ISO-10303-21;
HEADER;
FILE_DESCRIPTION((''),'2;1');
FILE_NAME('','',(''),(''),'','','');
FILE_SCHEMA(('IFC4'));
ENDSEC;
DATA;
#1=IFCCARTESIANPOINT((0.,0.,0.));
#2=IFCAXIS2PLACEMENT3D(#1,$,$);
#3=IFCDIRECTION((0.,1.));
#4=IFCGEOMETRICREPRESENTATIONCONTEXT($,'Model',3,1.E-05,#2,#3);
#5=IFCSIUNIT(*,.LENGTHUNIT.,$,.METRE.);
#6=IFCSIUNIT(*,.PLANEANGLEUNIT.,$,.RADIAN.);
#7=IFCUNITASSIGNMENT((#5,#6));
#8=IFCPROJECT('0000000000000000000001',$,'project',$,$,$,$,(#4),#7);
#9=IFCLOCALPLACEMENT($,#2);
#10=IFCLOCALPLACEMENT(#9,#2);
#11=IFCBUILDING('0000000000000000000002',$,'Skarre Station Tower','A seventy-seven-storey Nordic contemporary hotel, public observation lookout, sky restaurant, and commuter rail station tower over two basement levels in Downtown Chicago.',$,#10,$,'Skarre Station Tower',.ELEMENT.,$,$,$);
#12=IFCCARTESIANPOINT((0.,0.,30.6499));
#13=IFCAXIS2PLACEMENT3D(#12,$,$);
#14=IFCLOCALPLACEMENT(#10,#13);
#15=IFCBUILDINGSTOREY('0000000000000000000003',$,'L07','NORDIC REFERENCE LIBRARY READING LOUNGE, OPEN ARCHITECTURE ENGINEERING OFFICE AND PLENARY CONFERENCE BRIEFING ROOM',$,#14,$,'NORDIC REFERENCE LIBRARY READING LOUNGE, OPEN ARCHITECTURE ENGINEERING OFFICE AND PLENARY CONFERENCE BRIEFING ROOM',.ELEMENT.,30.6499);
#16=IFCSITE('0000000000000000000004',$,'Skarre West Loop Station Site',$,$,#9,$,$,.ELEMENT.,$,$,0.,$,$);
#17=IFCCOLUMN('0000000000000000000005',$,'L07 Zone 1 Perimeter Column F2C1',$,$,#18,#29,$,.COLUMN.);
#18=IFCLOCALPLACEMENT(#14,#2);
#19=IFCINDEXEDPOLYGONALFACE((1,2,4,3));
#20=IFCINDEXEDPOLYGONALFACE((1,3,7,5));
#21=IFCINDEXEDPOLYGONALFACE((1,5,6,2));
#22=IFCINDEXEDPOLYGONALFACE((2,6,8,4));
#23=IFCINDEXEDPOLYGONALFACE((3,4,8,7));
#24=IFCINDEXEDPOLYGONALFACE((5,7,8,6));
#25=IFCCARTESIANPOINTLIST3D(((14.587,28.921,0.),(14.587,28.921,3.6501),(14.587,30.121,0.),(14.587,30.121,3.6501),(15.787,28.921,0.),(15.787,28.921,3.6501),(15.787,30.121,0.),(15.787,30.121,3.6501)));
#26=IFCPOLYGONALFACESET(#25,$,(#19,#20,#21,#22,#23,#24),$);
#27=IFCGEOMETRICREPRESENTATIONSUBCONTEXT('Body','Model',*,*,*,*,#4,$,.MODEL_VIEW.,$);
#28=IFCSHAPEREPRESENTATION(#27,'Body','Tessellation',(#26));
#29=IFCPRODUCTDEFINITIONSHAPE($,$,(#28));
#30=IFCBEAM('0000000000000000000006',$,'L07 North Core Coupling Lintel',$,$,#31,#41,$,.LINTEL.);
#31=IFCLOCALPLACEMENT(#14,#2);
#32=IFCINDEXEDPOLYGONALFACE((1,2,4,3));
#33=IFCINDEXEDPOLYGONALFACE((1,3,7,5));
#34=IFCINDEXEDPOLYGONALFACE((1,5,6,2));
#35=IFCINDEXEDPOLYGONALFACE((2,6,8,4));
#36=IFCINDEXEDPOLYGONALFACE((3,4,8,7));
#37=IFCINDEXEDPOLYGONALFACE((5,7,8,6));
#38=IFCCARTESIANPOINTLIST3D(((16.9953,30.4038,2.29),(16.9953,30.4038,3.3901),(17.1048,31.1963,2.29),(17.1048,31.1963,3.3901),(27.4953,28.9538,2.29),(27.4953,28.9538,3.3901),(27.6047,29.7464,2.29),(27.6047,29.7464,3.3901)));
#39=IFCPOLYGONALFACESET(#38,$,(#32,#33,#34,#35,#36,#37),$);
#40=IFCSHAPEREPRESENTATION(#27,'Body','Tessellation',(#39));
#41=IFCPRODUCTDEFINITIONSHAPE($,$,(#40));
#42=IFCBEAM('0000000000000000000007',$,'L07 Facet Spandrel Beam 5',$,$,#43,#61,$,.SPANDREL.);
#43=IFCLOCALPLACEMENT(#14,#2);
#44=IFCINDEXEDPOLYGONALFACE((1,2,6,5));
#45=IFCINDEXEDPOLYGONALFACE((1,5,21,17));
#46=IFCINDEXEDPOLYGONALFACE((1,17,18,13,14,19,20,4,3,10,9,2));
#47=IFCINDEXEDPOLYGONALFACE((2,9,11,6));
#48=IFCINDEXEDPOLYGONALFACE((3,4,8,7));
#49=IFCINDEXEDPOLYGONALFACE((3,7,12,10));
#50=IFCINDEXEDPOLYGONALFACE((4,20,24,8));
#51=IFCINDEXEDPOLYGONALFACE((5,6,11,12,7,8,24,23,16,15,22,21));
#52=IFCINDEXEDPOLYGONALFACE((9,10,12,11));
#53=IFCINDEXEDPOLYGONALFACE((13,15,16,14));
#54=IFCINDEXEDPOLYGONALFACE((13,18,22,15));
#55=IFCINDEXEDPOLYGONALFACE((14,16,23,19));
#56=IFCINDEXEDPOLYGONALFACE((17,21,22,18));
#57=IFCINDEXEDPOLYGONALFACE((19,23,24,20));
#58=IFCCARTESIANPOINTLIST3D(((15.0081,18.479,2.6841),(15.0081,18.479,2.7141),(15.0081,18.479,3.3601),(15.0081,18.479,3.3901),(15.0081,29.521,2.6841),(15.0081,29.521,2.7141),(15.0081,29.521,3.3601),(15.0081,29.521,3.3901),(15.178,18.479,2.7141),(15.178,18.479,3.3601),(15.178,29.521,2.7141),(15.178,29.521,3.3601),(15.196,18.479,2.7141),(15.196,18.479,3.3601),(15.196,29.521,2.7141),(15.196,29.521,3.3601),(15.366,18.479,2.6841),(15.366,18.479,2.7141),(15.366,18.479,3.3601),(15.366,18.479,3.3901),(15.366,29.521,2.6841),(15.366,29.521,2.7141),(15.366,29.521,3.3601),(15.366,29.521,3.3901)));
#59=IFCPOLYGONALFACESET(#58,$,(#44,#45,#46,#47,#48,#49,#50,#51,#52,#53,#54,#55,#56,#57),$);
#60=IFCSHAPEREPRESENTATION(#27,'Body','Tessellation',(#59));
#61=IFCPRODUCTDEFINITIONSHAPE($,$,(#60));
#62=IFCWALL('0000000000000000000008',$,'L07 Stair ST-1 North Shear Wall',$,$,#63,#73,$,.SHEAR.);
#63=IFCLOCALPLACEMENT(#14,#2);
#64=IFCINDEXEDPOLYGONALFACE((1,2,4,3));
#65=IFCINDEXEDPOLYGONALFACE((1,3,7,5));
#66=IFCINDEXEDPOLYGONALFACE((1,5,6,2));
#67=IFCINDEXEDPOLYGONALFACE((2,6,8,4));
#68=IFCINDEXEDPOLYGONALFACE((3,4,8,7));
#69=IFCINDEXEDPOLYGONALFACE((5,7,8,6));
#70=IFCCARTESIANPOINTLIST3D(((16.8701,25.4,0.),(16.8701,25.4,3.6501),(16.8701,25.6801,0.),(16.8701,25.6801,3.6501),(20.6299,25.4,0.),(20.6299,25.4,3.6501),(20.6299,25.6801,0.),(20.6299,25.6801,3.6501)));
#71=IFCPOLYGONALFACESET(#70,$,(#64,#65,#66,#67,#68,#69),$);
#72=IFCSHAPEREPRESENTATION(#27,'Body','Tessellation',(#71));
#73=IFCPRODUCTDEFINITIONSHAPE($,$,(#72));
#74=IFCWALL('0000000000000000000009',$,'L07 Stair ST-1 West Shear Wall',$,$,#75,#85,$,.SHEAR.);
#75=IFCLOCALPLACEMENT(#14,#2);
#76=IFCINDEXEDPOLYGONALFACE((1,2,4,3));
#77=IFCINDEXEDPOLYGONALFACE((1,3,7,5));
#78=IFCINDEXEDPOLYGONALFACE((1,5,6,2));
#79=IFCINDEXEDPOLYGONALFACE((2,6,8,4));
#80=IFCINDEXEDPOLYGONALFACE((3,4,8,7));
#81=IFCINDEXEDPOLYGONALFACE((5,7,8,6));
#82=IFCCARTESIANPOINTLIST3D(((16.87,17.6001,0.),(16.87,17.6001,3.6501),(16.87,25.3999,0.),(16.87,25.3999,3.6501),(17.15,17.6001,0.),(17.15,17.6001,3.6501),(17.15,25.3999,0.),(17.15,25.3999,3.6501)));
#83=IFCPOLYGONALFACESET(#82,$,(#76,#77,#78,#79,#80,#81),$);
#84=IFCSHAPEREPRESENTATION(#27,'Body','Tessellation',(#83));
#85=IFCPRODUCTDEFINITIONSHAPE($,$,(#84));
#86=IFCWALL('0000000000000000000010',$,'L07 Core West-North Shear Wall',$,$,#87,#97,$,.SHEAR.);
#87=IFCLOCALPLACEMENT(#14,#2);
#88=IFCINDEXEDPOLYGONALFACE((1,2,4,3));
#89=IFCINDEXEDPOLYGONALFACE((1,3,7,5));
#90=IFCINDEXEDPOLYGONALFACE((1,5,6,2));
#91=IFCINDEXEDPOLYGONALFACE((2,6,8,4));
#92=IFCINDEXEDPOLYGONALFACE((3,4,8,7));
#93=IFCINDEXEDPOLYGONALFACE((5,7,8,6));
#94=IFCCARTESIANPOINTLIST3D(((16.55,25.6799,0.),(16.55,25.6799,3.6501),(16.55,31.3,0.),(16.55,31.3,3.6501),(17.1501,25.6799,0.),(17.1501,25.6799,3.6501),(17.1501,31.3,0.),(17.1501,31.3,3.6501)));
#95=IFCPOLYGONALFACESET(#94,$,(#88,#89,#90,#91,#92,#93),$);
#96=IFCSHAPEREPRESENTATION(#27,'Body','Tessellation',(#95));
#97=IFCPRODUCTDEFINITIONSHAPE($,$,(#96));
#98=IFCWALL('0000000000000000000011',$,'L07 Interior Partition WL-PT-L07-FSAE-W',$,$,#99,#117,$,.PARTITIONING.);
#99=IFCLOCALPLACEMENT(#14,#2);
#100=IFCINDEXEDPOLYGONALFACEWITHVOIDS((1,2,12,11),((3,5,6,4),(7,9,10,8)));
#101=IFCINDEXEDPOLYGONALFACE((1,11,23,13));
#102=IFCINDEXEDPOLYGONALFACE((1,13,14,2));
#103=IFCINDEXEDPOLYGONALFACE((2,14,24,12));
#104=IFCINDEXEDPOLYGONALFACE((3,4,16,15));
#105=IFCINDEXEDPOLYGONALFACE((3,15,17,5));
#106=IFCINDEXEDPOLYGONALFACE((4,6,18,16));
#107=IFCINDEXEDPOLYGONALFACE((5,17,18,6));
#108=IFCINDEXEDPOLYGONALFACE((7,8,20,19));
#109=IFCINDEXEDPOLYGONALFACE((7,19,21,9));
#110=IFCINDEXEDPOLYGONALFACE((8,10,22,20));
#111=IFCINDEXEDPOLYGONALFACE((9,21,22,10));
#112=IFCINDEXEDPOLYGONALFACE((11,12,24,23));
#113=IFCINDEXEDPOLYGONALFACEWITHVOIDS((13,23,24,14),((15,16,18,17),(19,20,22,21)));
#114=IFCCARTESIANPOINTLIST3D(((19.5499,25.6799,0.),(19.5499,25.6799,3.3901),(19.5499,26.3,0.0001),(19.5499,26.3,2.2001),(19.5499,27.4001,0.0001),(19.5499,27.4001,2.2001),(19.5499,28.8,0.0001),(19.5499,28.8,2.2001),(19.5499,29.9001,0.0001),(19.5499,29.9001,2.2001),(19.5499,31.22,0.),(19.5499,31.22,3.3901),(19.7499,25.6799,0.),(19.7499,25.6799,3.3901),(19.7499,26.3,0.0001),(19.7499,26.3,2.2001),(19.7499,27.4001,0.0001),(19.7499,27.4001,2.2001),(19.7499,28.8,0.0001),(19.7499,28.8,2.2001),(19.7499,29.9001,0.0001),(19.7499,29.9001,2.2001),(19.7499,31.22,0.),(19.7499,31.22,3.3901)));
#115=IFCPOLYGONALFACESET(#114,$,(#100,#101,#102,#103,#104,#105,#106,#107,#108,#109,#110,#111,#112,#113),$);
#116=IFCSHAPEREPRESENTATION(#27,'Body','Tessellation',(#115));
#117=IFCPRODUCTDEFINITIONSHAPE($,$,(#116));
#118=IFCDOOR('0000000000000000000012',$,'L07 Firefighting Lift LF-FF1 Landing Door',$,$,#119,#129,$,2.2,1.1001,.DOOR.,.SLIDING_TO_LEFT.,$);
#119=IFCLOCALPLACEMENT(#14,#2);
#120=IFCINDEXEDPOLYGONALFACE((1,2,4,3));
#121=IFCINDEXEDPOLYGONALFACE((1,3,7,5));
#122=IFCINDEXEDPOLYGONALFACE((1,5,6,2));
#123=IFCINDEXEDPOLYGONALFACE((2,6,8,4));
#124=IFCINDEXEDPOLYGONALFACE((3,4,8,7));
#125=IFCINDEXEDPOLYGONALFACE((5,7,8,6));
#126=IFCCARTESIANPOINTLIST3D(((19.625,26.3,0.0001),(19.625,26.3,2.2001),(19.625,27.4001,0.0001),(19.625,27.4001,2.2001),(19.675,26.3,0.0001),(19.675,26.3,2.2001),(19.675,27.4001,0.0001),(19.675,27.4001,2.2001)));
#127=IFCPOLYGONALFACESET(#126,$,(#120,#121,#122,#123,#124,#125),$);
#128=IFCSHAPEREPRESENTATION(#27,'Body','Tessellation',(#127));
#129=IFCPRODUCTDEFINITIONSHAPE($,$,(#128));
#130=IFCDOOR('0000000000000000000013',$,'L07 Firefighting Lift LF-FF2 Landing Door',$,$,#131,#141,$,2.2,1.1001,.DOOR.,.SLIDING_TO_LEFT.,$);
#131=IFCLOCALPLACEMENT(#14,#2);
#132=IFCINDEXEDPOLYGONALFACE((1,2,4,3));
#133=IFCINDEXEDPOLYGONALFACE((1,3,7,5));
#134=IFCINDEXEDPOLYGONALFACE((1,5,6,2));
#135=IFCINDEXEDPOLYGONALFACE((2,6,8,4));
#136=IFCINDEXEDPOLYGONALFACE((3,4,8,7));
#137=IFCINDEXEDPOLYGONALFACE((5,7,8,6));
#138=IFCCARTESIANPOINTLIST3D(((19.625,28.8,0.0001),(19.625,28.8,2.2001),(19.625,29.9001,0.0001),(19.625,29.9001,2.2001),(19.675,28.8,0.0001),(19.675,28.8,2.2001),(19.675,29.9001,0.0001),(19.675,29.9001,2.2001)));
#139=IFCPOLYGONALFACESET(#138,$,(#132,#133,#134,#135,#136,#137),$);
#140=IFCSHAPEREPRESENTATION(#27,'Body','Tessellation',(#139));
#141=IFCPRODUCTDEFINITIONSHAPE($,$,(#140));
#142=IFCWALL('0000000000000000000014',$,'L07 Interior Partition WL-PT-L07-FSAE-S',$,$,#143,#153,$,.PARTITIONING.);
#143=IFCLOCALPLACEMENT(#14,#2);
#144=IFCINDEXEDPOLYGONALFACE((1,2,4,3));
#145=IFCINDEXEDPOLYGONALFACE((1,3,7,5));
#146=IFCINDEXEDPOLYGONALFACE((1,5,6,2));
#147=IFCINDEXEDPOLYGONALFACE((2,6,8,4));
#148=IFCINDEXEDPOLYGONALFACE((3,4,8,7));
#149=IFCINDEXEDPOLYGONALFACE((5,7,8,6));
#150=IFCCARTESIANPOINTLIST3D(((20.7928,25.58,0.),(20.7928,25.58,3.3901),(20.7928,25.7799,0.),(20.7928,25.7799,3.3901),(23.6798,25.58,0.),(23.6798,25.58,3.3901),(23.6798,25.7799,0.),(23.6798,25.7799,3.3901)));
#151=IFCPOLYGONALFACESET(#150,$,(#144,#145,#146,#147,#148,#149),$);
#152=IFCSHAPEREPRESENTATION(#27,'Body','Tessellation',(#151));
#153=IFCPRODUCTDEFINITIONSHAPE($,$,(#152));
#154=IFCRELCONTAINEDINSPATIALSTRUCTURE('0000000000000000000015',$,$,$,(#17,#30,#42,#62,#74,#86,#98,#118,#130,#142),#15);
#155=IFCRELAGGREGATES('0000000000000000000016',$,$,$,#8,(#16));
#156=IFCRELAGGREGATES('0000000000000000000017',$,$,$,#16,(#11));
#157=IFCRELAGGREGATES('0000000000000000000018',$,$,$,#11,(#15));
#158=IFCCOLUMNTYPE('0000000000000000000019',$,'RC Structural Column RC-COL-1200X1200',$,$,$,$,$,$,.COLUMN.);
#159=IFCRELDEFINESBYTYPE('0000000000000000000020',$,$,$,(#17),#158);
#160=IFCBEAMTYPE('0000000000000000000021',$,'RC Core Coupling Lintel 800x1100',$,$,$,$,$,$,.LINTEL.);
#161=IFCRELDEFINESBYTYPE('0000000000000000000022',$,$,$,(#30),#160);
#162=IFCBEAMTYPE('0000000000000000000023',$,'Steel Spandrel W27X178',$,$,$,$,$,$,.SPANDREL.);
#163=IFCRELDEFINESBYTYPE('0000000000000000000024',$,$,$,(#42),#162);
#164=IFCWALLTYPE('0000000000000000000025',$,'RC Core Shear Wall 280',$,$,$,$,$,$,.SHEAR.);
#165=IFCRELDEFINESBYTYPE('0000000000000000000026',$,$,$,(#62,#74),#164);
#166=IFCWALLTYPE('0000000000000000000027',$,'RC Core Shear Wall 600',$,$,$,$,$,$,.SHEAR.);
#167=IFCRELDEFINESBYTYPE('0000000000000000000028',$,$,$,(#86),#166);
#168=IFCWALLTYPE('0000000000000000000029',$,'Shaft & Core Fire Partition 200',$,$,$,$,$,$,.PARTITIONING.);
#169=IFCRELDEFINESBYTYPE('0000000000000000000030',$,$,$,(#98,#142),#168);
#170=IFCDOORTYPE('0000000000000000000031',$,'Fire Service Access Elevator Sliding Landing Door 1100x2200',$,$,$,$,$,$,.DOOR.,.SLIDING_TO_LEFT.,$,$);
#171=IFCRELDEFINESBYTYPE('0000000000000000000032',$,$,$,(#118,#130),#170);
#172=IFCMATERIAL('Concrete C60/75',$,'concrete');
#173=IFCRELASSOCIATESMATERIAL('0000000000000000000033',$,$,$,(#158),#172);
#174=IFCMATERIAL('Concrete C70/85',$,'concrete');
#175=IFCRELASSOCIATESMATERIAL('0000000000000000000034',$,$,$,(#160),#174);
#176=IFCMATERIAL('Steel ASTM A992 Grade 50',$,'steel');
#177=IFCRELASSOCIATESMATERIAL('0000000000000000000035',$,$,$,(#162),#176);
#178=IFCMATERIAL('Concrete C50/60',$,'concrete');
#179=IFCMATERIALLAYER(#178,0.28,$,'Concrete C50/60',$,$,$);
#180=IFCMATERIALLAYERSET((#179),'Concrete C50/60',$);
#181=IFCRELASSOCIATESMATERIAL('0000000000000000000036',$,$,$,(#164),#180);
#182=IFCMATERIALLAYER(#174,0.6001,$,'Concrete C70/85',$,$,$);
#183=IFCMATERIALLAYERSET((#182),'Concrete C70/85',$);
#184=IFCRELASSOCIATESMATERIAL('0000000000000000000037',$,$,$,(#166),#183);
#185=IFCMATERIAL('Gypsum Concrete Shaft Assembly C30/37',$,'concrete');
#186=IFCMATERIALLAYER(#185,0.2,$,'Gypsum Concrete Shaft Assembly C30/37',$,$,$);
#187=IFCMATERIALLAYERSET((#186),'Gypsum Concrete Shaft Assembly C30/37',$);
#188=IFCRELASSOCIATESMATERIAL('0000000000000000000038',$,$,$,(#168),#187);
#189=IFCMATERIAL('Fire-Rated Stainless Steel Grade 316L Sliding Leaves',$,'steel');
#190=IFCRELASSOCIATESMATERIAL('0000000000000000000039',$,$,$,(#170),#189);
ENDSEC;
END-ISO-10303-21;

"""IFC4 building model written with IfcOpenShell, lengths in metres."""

from ifc_helpers import new_model, si_unit, direction, frame, frame_2d, origin, origin_2d, place, context, subcontext, project, spatial, rectangle, i_section, extrude, material, layer, layer_set, material_profile, profile_set, type_object, element, fill, save


model = new_model("IFC4")

# Units and contexts
model_context = context("Model", 3, precision=1e-05, world=origin(), true_north=direction((0.0, 1.0)))
body_context = subcontext(model_context, "Body", "Model", "MODEL_VIEW")
ifc_project = project(units=[si_unit("LENGTHUNIT", "METRE"), si_unit("PLANEANGLEUNIT", "RADIAN")], contexts=[model_context])

# Site, building, storey
site_placement = place(None, origin())
site = spatial("IfcSite", under=ifc_project, at=site_placement, Name="Skarre West Loop Station Site", CompositionType="ELEMENT", RefElevation=0.0)
building_placement = place(site_placement, origin())
building = spatial("IfcBuilding", under=site, at=building_placement, Name="Skarre Station Tower", Description="A seventy-seven-storey Nordic contemporary hotel, public observation lookout, sky restaurant, and commuter rail station tower over two basement levels in Downtown Chicago.", LongName="Skarre Station Tower", CompositionType="ELEMENT")
storey_placement = place(building_placement, frame((0.0, 0.0, 30.6499)))
storey = spatial("IfcBuildingStorey", under=building, at=storey_placement, Name="L07", Description="NORDIC REFERENCE LIBRARY READING LOUNGE, OPEN ARCHITECTURE ENGINEERING OFFICE AND PLENARY CONFERENCE BRIEFING ROOM", LongName="NORDIC REFERENCE LIBRARY READING LOUNGE, OPEN ARCHITECTURE ENGINEERING OFFICE AND PLENARY CONFERENCE BRIEFING ROOM", CompositionType="ELEMENT", Elevation=30.6499)

# Column
ifc_material_1 = material(Name="Concrete C60/75", Category="concrete")
ifc_material_profile_1 = material_profile(ifc_material_1, rectangle(XDim=1.2, YDim=1.2, at=origin_2d()), Name="Concrete C60/75")
ifc_profile_set_1 = profile_set([ifc_material_profile_1], Name="Concrete C60/75")
column_type = type_object("IfcColumnType", Name="RC Structural Column RC-COL-1200X1200", PredefinedType="COLUMN", material=ifc_profile_set_1)
column_placement = place(storey_placement, frame((15.187, 29.521, 0.0), z_axis=(0.0, 0.0, 1.0), x_axis=(1.0, 0.0, 0.0)))
element("IfcColumn", 1, at=column_placement, inside=storey, type_object=column_type, Name="L07 Zone 1 Perimeter Column F2C1", PredefinedType="COLUMN", context=body_context, shape_type="SweptSolid", body=[
    extrude(rectangle(XDim=1.2, YDim=1.2, at=origin_2d()), origin(), (0.0, 0.0, 1.0), 3.6501),
])

# Beams
ifc_material_2 = material(Name="Concrete C70/85", Category="concrete")
ifc_material_profile_2 = material_profile(ifc_material_2, rectangle(XDim=0.8, YDim=1.1001, at=origin_2d()), Name="Concrete C70/85")
ifc_profile_set_2 = profile_set([ifc_material_profile_2], Name="Concrete C70/85")
beam_type_1 = type_object("IfcBeamType", Name="RC Core Coupling Lintel 800x1100", PredefinedType="LINTEL", material=ifc_profile_set_2)
beam_1_placement = place(storey_placement, frame((17.05, 30.8, 2.8401), z_axis=(0.9906, -0.136792, 0.0), x_axis=(0.136792, 0.9906, 0.0)))
element("IfcBeam", 2, at=beam_1_placement, inside=storey, type_object=beam_type_1, Name="L07 North Core Coupling Lintel", PredefinedType="LINTEL", context=body_context, shape_type="SweptSolid", body=[
    extrude(rectangle(XDim=0.8, YDim=1.1001, at=origin_2d()), origin(), (0.0, 0.0, 1.0), 10.5996),
])
ifc_material_3 = material(Name="Steel ASTM A992 Grade 50", Category="steel")
ifc_material_profile_3 = material_profile(ifc_material_3, i_section(OverallWidth=0.3579, OverallDepth=0.7061, WebThickness=0.0181, FlangeThickness=0.03, at=origin_2d()), Name="Steel ASTM A992 Grade 50")
ifc_profile_set_3 = profile_set([ifc_material_profile_3], Name="Steel ASTM A992 Grade 50")
beam_type_2 = type_object("IfcBeamType", Name="Steel Spandrel W27X178", PredefinedType="SPANDREL", material=ifc_profile_set_3)
beam_2_placement = place(storey_placement, frame((15.187, 29.521, 3.0371), z_axis=(0.0, -1.0, 0.0), x_axis=(1.0, 0.0, 0.0)))
element("IfcBeam", 3, at=beam_2_placement, inside=storey, type_object=beam_type_2, Name="L07 Facet Spandrel Beam 5", PredefinedType="SPANDREL", context=body_context, shape_type="SweptSolid", body=[
    extrude(i_section(OverallWidth=0.3579, OverallDepth=0.7061, WebThickness=0.0181, FlangeThickness=0.03, at=origin_2d()), origin(), (0.0, 0.0, 1.0), 11.042),
])

# Walls
ifc_material_4 = material(Name="Concrete C50/60", Category="concrete")
ifc_layer_1 = layer(ifc_material_4, 0.28, Name="Concrete C50/60")
ifc_layer_set_1 = layer_set([ifc_layer_1], Name="Concrete C50/60")
wall_type_1 = type_object("IfcWallType", Name="RC Core Shear Wall 280", PredefinedType="SHEAR", material=ifc_layer_set_1)
wall_1_placement = place(storey_placement, frame((20.6299, 25.54, 0.0), z_axis=(0.0, 0.0, 1.0), x_axis=(-1.0, 0.0, 0.0)))
element("IfcWall", 4, at=wall_1_placement, inside=storey, type_object=wall_type_1, Name="L07 Stair ST-1 North Shear Wall", PredefinedType="SHEAR", context=body_context, shape_type="SweptSolid", body=[
    extrude(rectangle(XDim=3.7598, YDim=0.28, at=frame_2d((1.8799, 0.0))), origin(), (0.0, 0.0, 1.0), 3.6501),
])
wall_2_placement = place(storey_placement, frame((17.01, 25.3999, 0.0), z_axis=(0.0, 0.0, 1.0), x_axis=(0.0, -1.0, 0.0)))
element("IfcWall", 5, at=wall_2_placement, inside=storey, type_object=wall_type_1, Name="L07 Stair ST-1 West Shear Wall", PredefinedType="SHEAR", context=body_context, shape_type="SweptSolid", body=[
    extrude(rectangle(XDim=7.7998, YDim=0.28, at=frame_2d((3.8999, 0.0))), origin(), (0.0, 0.0, 1.0), 3.6501),
])
ifc_layer_2 = layer(ifc_material_2, 0.6001, Name="Concrete C70/85")
ifc_layer_set_2 = layer_set([ifc_layer_2], Name="Concrete C70/85")
wall_type_2 = type_object("IfcWallType", Name="RC Core Shear Wall 600", PredefinedType="SHEAR", material=ifc_layer_set_2)
wall_3_placement = place(storey_placement, frame((16.8501, 25.6799, 0.0), z_axis=(0.0, 0.0, 1.0), x_axis=(0.0, 1.0, 0.0)))
element("IfcWall", 6, at=wall_3_placement, inside=storey, type_object=wall_type_2, Name="L07 Core West-North Shear Wall", PredefinedType="SHEAR", context=body_context, shape_type="SweptSolid", body=[
    extrude(rectangle(XDim=5.6201, YDim=0.6001, at=frame_2d((2.8101, 0.0))), origin(), (0.0, 0.0, 1.0), 3.6501),
])

# Wall, openings, doors
ifc_material_5 = material(Name="Gypsum Concrete Shaft Assembly C30/37", Category="concrete")
ifc_layer_3 = layer(ifc_material_5, 0.2, Name="Gypsum Concrete Shaft Assembly C30/37")
ifc_layer_set_3 = layer_set([ifc_layer_3], Name="Gypsum Concrete Shaft Assembly C30/37")
wall_type_3 = type_object("IfcWallType", Name="Shaft & Core Fire Partition 200", PredefinedType="PARTITIONING", material=ifc_layer_set_3)
wall_4_placement = place(storey_placement, frame((19.6499, 25.6799, 0.0), z_axis=(0.0, 0.0, 1.0), x_axis=(0.0, 1.0, 0.0)))
wall_4 = element("IfcWall", 7, at=wall_4_placement, inside=storey, type_object=wall_type_3, Name="L07 Interior Partition WL-PT-L07-FSAE-W", PredefinedType="PARTITIONING", context=body_context, shape_type="SweptSolid", body=[
    extrude(rectangle(XDim=5.54, YDim=0.2, at=frame_2d((2.77, 0.0))), origin(), (0.0, 0.0, 1.0), 3.3901),
])
opening_1_placement = place(wall_4_placement, frame((0.6201, 0.0, 0.0)))
opening_1 = element("IfcOpeningElement", 8, at=opening_1_placement, cuts=wall_4, PredefinedType="OPENING", context=body_context, shape_type="SweptSolid", body=[
    extrude(rectangle(XDim=1.1001, YDim=2.2, at=frame_2d((0.55, 1.1001))), frame((0.0, 0.1099, 0.0), z_axis=(0.0, -1.0, 0.0), x_axis=(1.0, 0.0, 0.0)), (0.0, 0.0, 1.0), 0.22),
])
opening_2_placement = place(wall_4_placement, frame((3.1201, 0.0, 0.0)))
opening_2 = element("IfcOpeningElement", 9, at=opening_2_placement, cuts=wall_4, PredefinedType="OPENING", context=body_context, shape_type="SweptSolid", body=[
    extrude(rectangle(XDim=1.1001, YDim=2.2, at=frame_2d((0.55, 1.1001))), frame((0.0, 0.1099, 0.0), z_axis=(0.0, -1.0, 0.0), x_axis=(1.0, 0.0, 0.0)), (0.0, 0.0, 1.0), 0.22),
])
ifc_material_6 = material(Name="Fire-Rated Stainless Steel Grade 316L Sliding Leaves", Category="steel")
door_type_1 = type_object("IfcDoorType", Name="Fire Service Access Elevator Sliding Landing Door 1100x2200", OperationType="SLIDING_TO_LEFT", PredefinedType="DOOR", material=ifc_material_6)
door_1_placement = place(opening_1_placement, origin())
door_1 = element("IfcDoor", 10, at=door_1_placement, inside=storey, type_object=door_type_1, Name="L07 Firefighting Lift LF-FF1 Landing Door", OperationType="SLIDING_TO_LEFT", OverallHeight=2.2, OverallWidth=1.1001, PredefinedType="DOOR", context=body_context, shape_type="SweptSolid", body=[
    extrude(rectangle(XDim=1.1001, YDim=2.2, at=frame_2d((0.55, 1.1001))), frame((0.0, 0.0249, 0.0), z_axis=(0.0, -1.0, 0.0), x_axis=(1.0, 0.0, 0.0)), (0.0, 0.0, 1.0), 0.05),
])
fill(opening_1, door_1)
door_2_placement = place(opening_2_placement, origin())
door_2 = element("IfcDoor", 11, at=door_2_placement, inside=storey, type_object=door_type_1, Name="L07 Firefighting Lift LF-FF2 Landing Door", OperationType="SLIDING_TO_LEFT", OverallHeight=2.2, OverallWidth=1.1001, PredefinedType="DOOR", context=body_context, shape_type="SweptSolid", body=[
    extrude(rectangle(XDim=1.1001, YDim=2.2, at=frame_2d((0.55, 1.1001))), frame((0.0, 0.0249, 0.0), z_axis=(0.0, -1.0, 0.0), x_axis=(1.0, 0.0, 0.0)), (0.0, 0.0, 1.0), 0.05),
])
fill(opening_2, door_2)

# Wall
wall_5_placement = place(storey_placement, frame((20.793, 25.6799, 0.0), z_axis=(0.0, 0.0, 1.0), x_axis=(1.0, 0.0, 0.0)))
element("IfcWall", 12, at=wall_5_placement, inside=storey, type_object=wall_type_3, Name="L07 Interior Partition WL-PT-L07-FSAE-S", PredefinedType="PARTITIONING", context=body_context, shape_type="SweptSolid", body=[
    extrude(rectangle(XDim=2.887, YDim=0.2, at=frame_2d((1.4434, 0.0))), origin(), (0.0, 0.0, 1.0), 3.3901),
])

save(model, "model.ifc")
